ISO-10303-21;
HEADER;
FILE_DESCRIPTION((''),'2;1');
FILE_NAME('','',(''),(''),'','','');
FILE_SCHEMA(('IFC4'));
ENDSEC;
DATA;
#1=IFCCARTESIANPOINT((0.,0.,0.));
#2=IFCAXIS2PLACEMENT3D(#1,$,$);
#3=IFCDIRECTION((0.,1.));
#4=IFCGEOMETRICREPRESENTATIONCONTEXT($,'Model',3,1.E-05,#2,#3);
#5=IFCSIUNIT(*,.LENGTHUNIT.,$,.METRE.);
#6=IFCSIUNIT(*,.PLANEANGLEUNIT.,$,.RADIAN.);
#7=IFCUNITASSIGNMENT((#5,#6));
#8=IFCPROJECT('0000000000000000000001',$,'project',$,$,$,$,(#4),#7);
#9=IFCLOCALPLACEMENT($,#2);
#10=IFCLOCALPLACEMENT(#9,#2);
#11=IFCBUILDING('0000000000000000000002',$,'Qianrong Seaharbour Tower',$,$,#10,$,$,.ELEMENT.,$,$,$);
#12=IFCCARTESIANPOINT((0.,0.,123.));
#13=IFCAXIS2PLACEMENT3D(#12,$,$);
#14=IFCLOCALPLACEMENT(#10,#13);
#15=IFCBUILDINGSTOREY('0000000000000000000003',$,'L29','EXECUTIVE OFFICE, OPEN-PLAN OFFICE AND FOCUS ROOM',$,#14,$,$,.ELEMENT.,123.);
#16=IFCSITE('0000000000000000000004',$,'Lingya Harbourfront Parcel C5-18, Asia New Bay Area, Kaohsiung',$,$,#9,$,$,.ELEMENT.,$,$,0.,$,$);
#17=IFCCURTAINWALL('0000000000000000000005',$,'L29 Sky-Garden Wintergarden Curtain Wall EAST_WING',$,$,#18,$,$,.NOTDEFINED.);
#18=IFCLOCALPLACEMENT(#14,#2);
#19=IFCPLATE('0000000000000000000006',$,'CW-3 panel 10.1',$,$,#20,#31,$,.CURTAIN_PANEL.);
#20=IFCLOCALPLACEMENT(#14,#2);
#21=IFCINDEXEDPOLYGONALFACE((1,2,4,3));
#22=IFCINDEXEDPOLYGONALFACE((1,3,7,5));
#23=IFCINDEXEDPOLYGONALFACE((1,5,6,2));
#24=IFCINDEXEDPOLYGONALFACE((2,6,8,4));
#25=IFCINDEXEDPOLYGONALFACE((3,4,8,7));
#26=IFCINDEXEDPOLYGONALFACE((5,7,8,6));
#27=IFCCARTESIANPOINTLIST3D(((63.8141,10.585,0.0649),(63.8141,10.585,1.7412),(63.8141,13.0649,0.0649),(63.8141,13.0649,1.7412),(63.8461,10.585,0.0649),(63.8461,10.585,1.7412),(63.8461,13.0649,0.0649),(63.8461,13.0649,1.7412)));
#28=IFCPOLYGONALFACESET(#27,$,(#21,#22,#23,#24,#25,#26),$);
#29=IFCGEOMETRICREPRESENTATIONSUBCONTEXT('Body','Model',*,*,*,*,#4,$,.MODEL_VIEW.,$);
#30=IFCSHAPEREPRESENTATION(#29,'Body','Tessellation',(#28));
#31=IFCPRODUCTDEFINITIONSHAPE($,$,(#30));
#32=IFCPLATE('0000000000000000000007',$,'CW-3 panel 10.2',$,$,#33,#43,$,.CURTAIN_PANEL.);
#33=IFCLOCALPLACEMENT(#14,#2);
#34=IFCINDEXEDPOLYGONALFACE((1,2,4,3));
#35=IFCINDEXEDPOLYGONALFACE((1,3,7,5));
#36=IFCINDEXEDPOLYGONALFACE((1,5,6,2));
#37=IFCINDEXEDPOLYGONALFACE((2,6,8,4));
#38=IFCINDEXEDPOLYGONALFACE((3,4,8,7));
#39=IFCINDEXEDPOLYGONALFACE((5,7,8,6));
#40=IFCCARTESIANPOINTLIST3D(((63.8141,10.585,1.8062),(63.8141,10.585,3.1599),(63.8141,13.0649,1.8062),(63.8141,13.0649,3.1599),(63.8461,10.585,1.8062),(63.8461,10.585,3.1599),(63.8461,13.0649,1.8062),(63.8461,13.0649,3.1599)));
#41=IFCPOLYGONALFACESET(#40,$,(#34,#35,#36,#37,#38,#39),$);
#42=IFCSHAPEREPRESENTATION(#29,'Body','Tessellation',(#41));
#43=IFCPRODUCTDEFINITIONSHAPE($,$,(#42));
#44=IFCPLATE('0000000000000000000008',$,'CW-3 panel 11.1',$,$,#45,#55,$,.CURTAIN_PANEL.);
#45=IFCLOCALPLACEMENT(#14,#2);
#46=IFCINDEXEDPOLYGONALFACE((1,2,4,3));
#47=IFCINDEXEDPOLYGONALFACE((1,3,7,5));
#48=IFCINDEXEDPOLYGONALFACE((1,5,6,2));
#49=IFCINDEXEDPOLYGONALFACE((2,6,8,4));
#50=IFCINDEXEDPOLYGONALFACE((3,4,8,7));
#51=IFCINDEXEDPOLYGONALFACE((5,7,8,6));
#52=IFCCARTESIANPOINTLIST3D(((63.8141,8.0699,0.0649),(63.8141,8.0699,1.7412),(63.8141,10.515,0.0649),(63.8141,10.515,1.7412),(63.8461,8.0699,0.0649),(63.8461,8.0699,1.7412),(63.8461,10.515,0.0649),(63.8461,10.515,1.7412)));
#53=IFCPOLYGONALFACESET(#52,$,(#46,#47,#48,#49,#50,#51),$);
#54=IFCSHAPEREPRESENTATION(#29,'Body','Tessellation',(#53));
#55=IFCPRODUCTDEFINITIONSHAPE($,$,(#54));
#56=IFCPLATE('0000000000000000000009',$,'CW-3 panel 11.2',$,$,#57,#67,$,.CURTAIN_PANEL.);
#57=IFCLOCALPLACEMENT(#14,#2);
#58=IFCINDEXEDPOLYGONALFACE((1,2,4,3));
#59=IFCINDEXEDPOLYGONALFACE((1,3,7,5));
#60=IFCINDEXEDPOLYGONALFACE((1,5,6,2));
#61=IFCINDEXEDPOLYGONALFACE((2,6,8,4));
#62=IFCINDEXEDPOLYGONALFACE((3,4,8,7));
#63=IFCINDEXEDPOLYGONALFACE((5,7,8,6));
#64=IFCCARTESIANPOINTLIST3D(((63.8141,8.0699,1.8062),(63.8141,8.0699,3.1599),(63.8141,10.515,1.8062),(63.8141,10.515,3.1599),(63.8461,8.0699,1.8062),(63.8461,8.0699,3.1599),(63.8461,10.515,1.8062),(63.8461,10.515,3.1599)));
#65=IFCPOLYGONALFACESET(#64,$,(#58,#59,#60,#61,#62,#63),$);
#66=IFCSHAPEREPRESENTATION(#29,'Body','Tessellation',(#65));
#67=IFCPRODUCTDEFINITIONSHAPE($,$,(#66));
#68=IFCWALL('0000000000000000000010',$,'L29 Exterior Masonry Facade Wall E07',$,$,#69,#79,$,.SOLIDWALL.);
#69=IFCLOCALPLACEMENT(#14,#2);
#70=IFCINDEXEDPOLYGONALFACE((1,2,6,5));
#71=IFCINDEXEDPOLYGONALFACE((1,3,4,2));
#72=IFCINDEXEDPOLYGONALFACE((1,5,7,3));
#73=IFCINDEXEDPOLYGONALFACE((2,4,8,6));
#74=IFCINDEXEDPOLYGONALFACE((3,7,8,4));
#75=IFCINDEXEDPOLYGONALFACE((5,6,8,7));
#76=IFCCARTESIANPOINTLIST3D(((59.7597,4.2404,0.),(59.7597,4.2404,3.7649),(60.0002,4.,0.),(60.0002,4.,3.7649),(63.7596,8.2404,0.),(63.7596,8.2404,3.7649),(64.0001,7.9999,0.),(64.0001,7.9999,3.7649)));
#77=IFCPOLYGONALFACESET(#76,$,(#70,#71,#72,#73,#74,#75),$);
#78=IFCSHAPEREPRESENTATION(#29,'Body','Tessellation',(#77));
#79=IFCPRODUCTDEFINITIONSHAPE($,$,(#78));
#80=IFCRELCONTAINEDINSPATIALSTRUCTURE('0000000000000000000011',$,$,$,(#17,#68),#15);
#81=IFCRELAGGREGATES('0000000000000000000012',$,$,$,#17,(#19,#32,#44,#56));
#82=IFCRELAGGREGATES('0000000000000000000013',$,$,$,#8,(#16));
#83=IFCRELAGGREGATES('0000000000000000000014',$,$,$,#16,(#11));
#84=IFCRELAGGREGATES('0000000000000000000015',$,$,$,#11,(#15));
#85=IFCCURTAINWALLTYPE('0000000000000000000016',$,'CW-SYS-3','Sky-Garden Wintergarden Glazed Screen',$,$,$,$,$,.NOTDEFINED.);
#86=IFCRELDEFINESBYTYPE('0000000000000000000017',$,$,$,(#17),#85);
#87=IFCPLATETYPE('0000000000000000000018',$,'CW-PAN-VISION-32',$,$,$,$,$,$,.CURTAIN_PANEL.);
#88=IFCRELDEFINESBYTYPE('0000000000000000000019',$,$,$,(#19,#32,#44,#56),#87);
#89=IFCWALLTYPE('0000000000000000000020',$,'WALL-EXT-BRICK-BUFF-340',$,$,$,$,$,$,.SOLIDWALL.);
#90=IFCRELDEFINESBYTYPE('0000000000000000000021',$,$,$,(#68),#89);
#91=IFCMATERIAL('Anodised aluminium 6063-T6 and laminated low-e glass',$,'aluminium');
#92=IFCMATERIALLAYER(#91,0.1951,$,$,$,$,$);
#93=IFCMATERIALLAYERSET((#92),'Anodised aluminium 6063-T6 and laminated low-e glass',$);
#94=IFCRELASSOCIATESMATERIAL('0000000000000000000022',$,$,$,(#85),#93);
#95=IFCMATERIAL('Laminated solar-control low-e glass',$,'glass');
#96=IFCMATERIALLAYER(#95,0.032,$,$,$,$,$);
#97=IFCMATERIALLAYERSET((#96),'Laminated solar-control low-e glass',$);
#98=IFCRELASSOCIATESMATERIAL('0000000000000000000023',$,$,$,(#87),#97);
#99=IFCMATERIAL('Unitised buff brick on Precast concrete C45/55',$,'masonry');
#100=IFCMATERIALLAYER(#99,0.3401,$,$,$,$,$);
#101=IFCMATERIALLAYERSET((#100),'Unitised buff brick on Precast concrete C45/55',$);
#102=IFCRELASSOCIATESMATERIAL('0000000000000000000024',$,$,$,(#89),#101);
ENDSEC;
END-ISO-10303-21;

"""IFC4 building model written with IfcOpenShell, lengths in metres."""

from ifc_helpers import new_model, si_unit, direction, frame, frame_2d, origin, origin_2d, place, context, subcontext, project, spatial, rectangle, extrude, material, layer, layer_set, type_object, element, aggregate, save


model = new_model("IFC4")

# Units and contexts
model_context = context("Model", 3, precision=1e-05, world=origin(), true_north=direction((0.0, 1.0)))
body_context = subcontext(model_context, "Body", "Model", "MODEL_VIEW")
ifc_project = project(units=[si_unit("LENGTHUNIT", "METRE"), si_unit("PLANEANGLEUNIT", "RADIAN")], contexts=[model_context])

# Site, building, storey
site_placement = place(None, origin())
site = spatial("IfcSite", under=ifc_project, at=site_placement, Name="Lingya Harbourfront Parcel C5-18, Asia New Bay Area, Kaohsiung", CompositionType="ELEMENT", RefElevation=0.0)
building_placement = place(site_placement, origin())
building = spatial("IfcBuilding", under=site, at=building_placement, Name="Qianrong Seaharbour Tower", CompositionType="ELEMENT")
storey_placement = place(building_placement, frame((0.0, 0.0, 123.0)))
storey = spatial("IfcBuildingStorey", under=building, at=storey_placement, Name="L29", Description="EXECUTIVE OFFICE, OPEN-PLAN OFFICE AND FOCUS ROOM", CompositionType="ELEMENT", Elevation=123.0)

# Curtain wall, plates
ifc_material_1 = material(Name="Anodised aluminium 6063-T6 and laminated low-e glass", Category="aluminium")
ifc_layer_1 = layer(ifc_material_1, 0.1951)
ifc_layer_set_1 = layer_set([ifc_layer_1], Name="Anodised aluminium 6063-T6 and laminated low-e glass")
curtain_wall_type = type_object("IfcCurtainWallType", Name="CW-SYS-3", Description="Sky-Garden Wintergarden Glazed Screen", PredefinedType="NOTDEFINED", material=ifc_layer_set_1)
curtain_wall_placement = place(storey_placement, origin())
curtain_wall = element("IfcCurtainWall", 1, at=curtain_wall_placement, inside=storey, type_object=curtain_wall_type, Name="L29 Sky-Garden Wintergarden Curtain Wall EAST_WING", PredefinedType="NOTDEFINED")
ifc_material_2 = material(Name="Laminated solar-control low-e glass", Category="glass")
ifc_layer_2 = layer(ifc_material_2, 0.032)
ifc_layer_set_2 = layer_set([ifc_layer_2], Name="Laminated solar-control low-e glass")
plate_type = type_object("IfcPlateType", Name="CW-PAN-VISION-32", PredefinedType="CURTAIN_PANEL", material=ifc_layer_set_2)
plate_1_placement = place(storey_placement, frame((63.8301, 11.825, 0.0649), z_axis=(0.0, 0.0, 1.0), x_axis=(0.0, -1.0, 0.0)))
plate_1 = element("IfcPlate", 2, at=plate_1_placement, type_object=plate_type, Name="CW-3 panel 10.1", PredefinedType="CURTAIN_PANEL", context=body_context, shape_type="SweptSolid", body=[
    extrude(rectangle(XDim=2.48, YDim=0.032, at=origin_2d()), origin(), (0.0, 0.0, 1.0), 1.6763),
])
plate_2_placement = place(storey_placement, frame((63.8301, 11.825, 1.8062), z_axis=(0.0, 0.0, 1.0), x_axis=(0.0, -1.0, 0.0)))
plate_2 = element("IfcPlate", 3, at=plate_2_placement, type_object=plate_type, Name="CW-3 panel 10.2", PredefinedType="CURTAIN_PANEL", context=body_context, shape_type="SweptSolid", body=[
    extrude(rectangle(XDim=2.48, YDim=0.032, at=origin_2d()), origin(), (0.0, 0.0, 1.0), 1.3538),
])
plate_3_placement = place(storey_placement, frame((63.8301, 9.2925, 0.0649), z_axis=(0.0, 0.0, 1.0), x_axis=(0.0, -1.0, 0.0)))
plate_3 = element("IfcPlate", 4, at=plate_3_placement, type_object=plate_type, Name="CW-3 panel 11.1", PredefinedType="CURTAIN_PANEL", context=body_context, shape_type="SweptSolid", body=[
    extrude(rectangle(XDim=2.4451, YDim=0.032, at=origin_2d()), origin(), (0.0, 0.0, 1.0), 1.6763),
])
plate_4_placement = place(storey_placement, frame((63.8301, 9.2925, 1.8062), z_axis=(0.0, 0.0, 1.0), x_axis=(0.0, -1.0, 0.0)))
plate_4 = element("IfcPlate", 5, at=plate_4_placement, type_object=plate_type, Name="CW-3 panel 11.2", PredefinedType="CURTAIN_PANEL", context=body_context, shape_type="SweptSolid", body=[
    extrude(rectangle(XDim=2.4451, YDim=0.032, at=origin_2d()), origin(), (0.0, 0.0, 1.0), 1.3538),
])
aggregate(curtain_wall, [plate_1, plate_2, plate_3, plate_4])

# Wall
ifc_material_3 = material(Name="Unitised buff brick on Precast concrete C45/55", Category="masonry")
ifc_layer_3 = layer(ifc_material_3, 0.3401)
ifc_layer_set_3 = layer_set([ifc_layer_3], Name="Unitised buff brick on Precast concrete C45/55")
wall_type = type_object("IfcWallType", Name="WALL-EXT-BRICK-BUFF-340", PredefinedType="SOLIDWALL", material=ifc_layer_set_3)
wall_placement = place(storey_placement, frame((63.8799, 8.1201, 0.0), z_axis=(0.0, 0.0, 1.0), x_axis=(-0.707107, -0.707107, 0.0)))
element("IfcWall", 6, at=wall_placement, inside=storey, type_object=wall_type, Name="L29 Exterior Masonry Facade Wall E07", PredefinedType="SOLIDWALL", context=body_context, shape_type="SweptSolid", body=[
    extrude(rectangle(XDim=5.6567, YDim=0.3401, at=frame_2d((2.8284, 0.0))), origin(), (0.0, 0.0, 1.0), 3.7649),
])

save(model, "model.ifc")
